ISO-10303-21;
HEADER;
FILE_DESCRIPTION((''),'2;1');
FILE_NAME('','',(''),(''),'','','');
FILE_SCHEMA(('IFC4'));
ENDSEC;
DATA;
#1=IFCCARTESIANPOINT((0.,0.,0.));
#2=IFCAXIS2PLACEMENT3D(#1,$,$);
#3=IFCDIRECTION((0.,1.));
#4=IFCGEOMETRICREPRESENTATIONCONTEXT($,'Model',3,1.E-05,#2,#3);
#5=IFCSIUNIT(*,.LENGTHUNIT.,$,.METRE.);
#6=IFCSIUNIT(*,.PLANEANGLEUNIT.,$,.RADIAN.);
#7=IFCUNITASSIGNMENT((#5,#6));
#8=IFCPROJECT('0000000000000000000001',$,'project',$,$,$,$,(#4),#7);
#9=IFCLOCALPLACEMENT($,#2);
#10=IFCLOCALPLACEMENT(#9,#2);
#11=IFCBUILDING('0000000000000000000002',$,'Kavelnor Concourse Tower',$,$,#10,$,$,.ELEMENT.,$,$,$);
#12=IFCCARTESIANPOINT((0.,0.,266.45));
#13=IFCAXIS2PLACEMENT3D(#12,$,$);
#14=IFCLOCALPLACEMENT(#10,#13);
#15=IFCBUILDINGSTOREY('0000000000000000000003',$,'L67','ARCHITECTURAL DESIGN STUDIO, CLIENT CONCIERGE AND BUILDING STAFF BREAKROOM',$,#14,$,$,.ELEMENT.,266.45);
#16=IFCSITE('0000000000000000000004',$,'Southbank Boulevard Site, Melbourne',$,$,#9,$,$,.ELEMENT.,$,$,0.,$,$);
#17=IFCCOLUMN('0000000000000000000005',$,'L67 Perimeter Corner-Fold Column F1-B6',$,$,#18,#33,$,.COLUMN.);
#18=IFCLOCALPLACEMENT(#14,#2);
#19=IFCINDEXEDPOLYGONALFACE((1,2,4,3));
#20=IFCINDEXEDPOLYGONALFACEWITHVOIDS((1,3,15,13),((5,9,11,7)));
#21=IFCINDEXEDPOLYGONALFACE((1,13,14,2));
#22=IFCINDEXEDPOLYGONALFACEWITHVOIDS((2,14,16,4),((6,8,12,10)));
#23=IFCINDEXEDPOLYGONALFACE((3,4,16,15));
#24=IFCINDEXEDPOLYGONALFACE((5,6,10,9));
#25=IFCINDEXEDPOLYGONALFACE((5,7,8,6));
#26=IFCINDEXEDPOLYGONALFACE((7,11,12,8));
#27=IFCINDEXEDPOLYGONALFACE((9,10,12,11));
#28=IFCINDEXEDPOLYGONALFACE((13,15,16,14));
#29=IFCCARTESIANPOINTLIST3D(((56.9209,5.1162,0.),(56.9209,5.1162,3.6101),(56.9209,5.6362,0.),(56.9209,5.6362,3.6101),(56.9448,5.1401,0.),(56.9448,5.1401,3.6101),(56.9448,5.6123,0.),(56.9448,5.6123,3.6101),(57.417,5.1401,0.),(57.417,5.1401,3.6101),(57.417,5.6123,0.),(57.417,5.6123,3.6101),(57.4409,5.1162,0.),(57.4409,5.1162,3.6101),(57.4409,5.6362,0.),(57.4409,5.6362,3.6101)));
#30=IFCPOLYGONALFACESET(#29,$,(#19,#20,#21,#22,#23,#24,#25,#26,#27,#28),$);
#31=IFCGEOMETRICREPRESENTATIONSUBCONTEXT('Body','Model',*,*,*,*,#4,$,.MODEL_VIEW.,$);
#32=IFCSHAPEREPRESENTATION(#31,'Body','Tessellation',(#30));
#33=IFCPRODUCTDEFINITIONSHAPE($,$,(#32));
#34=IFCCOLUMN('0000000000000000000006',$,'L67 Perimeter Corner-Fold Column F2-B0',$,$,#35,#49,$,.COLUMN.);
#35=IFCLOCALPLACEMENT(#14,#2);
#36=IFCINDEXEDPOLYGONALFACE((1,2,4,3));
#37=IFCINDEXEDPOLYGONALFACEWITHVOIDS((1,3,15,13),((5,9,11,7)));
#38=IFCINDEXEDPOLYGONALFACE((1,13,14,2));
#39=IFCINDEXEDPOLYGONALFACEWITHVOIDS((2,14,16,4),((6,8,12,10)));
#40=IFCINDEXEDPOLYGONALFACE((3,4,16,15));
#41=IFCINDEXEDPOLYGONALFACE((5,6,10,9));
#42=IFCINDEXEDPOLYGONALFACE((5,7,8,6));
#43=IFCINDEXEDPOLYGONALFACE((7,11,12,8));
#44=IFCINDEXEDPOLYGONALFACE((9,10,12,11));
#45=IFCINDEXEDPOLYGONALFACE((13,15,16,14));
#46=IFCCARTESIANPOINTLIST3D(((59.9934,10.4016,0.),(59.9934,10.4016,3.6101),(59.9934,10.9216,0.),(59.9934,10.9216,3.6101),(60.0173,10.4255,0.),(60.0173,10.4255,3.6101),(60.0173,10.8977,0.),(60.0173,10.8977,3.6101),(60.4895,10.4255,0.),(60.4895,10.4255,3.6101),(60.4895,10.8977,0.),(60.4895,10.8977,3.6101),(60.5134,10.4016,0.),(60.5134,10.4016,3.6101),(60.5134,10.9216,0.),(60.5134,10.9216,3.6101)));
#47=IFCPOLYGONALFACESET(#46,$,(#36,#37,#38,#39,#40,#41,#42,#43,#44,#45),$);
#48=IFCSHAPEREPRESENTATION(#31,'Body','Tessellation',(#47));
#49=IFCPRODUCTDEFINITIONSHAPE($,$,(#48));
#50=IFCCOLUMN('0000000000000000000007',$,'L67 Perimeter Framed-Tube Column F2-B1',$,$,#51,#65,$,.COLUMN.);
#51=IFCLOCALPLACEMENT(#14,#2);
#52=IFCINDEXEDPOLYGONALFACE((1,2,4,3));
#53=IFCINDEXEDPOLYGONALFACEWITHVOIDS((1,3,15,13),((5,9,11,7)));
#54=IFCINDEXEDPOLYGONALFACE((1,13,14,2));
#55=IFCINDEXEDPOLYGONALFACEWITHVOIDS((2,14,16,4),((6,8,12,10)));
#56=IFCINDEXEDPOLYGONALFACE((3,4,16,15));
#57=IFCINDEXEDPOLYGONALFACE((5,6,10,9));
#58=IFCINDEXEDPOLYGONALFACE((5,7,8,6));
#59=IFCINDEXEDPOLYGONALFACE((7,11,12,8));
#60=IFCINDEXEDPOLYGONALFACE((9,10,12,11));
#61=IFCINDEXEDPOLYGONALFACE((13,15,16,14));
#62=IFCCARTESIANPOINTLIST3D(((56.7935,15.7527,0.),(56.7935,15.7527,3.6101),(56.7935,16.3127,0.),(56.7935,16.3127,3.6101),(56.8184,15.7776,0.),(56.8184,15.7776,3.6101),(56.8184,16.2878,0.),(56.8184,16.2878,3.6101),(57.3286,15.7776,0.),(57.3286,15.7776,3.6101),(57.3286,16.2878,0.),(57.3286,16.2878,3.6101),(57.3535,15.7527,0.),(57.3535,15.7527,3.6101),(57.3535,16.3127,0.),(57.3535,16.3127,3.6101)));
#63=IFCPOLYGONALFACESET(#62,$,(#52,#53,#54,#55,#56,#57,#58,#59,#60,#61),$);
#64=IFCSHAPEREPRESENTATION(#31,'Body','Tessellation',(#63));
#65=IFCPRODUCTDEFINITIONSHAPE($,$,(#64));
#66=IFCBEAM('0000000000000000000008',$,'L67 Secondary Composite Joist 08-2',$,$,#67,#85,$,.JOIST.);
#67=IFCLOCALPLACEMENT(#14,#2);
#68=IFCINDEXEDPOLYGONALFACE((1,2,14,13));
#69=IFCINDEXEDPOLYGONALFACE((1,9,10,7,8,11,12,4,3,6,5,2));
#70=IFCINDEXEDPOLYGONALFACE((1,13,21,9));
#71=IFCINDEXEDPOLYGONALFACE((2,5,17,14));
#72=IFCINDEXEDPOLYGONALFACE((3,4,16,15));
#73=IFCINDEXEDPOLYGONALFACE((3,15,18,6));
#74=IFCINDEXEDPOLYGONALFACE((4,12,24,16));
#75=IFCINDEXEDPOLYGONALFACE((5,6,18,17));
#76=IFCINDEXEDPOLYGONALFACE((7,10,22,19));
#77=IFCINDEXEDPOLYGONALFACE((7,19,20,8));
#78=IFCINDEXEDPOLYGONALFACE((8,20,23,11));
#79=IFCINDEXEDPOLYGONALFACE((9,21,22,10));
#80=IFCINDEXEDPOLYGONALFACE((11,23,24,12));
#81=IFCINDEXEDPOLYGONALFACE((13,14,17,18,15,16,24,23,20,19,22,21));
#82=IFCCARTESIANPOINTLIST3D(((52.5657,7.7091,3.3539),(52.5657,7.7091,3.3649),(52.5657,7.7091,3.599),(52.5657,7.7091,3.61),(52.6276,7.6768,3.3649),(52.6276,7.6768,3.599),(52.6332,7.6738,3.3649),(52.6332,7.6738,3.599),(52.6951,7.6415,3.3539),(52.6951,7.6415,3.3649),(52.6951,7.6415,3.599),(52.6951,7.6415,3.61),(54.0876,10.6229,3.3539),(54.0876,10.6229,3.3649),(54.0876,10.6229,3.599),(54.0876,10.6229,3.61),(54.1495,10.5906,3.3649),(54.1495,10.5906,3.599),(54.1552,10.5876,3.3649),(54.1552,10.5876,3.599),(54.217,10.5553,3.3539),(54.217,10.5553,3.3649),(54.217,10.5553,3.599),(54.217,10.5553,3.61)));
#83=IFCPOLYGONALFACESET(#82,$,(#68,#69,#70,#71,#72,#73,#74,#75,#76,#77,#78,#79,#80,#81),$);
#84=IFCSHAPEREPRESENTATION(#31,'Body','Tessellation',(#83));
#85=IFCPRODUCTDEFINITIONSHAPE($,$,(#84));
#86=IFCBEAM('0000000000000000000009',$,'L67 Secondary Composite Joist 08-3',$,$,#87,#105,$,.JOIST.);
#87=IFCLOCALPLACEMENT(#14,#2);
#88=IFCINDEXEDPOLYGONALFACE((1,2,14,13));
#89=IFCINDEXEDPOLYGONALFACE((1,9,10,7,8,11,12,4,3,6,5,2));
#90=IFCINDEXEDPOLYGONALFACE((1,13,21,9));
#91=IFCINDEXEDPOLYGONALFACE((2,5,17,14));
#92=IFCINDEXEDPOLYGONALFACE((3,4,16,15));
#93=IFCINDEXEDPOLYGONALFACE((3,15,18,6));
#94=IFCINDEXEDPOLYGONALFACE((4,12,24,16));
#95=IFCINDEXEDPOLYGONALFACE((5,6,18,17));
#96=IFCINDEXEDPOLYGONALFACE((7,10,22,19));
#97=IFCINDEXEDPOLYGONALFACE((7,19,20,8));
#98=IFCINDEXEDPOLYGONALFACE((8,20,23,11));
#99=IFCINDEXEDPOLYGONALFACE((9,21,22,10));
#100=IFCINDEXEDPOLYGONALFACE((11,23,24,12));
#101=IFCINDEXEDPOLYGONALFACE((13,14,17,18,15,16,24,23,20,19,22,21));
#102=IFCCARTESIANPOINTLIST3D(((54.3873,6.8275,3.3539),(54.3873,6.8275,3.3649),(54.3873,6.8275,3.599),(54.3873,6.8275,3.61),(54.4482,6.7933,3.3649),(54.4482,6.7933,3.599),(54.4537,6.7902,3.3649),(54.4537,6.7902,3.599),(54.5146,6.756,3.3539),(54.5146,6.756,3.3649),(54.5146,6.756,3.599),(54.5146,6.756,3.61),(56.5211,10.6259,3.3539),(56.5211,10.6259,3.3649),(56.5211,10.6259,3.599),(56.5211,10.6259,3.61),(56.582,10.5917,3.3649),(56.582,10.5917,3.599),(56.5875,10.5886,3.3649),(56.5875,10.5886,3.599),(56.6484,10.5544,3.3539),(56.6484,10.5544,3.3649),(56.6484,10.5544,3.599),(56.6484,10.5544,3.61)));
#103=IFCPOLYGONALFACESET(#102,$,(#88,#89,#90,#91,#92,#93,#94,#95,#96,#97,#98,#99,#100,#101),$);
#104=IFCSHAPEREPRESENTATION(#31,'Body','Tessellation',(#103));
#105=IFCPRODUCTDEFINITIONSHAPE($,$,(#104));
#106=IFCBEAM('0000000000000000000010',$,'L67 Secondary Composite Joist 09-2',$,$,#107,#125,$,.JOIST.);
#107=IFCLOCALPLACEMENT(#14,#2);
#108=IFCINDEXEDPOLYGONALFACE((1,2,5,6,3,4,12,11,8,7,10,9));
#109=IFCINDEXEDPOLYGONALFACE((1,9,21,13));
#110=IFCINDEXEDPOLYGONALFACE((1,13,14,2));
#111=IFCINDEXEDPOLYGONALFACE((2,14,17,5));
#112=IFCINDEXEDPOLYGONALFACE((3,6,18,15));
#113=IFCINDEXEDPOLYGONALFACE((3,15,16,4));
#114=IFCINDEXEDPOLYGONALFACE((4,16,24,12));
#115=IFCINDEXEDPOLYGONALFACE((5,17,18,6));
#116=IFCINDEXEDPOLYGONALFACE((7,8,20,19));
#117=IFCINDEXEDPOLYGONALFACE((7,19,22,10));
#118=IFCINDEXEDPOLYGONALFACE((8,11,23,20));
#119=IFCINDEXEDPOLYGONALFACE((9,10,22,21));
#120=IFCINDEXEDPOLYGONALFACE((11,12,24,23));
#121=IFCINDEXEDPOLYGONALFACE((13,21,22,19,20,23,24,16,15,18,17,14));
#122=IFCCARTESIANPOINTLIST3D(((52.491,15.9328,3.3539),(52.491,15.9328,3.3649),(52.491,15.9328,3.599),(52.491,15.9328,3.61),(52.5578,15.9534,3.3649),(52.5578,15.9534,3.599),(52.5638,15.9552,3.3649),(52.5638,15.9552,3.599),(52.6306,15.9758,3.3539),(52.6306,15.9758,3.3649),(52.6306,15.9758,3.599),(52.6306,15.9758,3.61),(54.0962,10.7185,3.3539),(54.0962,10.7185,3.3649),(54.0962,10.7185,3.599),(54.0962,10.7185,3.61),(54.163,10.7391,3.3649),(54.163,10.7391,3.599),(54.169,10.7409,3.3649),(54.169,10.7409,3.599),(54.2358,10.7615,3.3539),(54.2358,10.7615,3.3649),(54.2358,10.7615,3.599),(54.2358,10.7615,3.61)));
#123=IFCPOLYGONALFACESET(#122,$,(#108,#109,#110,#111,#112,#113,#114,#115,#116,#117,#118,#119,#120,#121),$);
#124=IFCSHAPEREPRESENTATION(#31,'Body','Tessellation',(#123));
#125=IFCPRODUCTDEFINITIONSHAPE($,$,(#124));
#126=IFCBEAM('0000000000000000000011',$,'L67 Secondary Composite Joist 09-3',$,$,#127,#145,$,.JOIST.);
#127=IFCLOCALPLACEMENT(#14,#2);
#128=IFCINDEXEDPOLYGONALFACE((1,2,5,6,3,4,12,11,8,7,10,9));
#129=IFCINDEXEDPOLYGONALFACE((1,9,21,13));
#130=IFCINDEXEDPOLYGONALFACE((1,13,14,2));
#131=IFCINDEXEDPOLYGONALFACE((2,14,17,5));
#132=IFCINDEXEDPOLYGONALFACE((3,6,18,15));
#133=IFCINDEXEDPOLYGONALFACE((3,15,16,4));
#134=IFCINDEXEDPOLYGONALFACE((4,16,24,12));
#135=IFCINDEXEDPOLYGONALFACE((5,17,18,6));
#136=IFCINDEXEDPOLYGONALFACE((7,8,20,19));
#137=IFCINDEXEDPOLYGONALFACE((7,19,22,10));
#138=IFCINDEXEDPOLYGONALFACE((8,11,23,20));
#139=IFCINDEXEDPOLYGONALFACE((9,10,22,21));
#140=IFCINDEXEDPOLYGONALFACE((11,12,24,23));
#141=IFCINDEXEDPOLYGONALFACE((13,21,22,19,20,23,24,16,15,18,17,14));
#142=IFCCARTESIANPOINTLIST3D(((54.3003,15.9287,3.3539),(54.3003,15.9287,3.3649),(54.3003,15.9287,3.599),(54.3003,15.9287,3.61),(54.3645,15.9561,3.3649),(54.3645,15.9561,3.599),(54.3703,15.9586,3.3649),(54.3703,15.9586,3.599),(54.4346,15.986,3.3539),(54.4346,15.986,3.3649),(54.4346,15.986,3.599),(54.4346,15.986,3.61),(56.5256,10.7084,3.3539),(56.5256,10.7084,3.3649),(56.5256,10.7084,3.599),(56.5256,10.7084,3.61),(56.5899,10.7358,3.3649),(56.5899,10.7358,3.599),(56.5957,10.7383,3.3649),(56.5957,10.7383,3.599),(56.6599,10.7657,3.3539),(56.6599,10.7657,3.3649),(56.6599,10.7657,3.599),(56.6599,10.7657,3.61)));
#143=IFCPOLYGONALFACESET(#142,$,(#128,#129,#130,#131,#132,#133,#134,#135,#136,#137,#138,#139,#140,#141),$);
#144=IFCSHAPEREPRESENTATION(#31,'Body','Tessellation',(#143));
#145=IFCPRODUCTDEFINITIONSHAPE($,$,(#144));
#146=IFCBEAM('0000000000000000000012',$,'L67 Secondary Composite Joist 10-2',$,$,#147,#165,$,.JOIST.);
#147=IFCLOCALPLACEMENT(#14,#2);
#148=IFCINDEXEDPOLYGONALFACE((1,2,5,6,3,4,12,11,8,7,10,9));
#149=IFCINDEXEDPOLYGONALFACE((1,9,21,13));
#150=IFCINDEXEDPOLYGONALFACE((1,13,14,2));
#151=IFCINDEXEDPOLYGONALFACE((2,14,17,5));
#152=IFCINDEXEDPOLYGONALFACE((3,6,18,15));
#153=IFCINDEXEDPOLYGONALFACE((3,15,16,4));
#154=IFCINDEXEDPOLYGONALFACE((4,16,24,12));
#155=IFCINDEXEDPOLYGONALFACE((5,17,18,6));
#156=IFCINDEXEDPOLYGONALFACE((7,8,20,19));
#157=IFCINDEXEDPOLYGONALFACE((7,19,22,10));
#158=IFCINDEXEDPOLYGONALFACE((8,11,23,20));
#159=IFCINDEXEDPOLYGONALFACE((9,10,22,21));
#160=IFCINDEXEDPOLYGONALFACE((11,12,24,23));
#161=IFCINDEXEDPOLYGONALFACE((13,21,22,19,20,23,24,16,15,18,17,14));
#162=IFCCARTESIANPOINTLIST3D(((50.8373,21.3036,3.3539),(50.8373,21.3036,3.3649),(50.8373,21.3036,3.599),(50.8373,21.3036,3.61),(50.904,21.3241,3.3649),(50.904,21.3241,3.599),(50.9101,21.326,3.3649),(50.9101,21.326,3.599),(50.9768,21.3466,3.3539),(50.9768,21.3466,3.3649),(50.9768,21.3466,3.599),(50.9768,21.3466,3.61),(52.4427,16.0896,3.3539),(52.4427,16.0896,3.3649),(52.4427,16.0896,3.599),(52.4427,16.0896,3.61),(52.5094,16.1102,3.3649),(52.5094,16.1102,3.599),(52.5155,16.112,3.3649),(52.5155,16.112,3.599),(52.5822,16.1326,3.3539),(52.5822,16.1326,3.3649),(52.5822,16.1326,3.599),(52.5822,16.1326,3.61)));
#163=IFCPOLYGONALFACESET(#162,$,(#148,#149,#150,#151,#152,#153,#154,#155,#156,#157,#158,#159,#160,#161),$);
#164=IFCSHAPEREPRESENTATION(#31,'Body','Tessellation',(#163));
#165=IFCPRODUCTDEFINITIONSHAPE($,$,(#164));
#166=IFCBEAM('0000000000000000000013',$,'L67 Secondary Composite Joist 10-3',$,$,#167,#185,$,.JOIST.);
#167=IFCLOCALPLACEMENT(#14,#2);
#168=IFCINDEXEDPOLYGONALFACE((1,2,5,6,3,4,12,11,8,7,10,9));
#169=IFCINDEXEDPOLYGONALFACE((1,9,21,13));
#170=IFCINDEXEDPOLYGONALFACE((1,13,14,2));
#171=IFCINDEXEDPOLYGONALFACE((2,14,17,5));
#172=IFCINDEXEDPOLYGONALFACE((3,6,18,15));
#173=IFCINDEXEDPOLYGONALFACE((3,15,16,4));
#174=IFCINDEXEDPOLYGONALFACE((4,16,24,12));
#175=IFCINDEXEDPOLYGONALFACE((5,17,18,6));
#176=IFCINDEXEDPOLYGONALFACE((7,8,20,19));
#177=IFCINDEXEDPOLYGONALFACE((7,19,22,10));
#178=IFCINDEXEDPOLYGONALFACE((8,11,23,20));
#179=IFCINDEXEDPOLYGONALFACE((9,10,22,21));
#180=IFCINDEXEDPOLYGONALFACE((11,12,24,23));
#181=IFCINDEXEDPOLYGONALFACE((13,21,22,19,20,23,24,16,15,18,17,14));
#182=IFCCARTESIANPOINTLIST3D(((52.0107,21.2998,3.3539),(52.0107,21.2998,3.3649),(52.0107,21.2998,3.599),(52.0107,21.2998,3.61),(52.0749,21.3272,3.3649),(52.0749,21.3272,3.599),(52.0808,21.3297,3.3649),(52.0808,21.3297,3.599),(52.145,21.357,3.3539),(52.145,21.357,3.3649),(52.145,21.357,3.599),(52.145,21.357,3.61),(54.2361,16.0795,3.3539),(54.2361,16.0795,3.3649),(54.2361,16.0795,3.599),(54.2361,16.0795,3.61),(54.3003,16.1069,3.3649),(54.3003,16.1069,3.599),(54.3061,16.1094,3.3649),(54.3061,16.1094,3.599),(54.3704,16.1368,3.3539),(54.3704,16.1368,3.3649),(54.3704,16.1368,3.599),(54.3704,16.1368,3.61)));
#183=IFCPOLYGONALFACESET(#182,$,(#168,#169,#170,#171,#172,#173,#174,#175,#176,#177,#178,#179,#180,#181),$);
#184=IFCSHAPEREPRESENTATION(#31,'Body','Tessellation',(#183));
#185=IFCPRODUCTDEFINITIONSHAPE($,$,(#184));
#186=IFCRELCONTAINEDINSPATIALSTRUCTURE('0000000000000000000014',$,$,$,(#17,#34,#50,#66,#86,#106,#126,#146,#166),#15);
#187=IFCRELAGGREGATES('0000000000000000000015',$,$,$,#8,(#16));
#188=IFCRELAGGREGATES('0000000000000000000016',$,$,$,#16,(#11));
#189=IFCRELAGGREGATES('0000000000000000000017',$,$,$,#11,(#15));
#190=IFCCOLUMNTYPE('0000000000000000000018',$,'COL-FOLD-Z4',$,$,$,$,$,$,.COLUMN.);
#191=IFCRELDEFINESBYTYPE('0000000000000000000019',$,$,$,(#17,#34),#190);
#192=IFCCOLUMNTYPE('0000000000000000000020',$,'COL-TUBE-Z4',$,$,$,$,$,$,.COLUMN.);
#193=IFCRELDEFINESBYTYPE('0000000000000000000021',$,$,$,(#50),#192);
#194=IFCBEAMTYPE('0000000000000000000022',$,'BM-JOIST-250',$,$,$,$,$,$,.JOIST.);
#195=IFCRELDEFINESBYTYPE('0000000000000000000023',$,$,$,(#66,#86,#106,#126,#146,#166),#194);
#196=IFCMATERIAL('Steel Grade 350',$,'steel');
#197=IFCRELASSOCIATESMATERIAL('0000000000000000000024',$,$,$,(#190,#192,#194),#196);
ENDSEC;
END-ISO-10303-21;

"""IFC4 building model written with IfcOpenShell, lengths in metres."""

from ifc_helpers import new_model, si_unit, direction, frame, origin, origin_2d, place, context, subcontext, project, spatial, hollow_rectangle, i_section, extrude, material, material_profile, profile_set, type_object, element, save


model = new_model("IFC4")

# Units and contexts
model_context = context("Model", 3, precision=1e-05, world=origin(), true_north=direction((0.0, 1.0)))
body_context = subcontext(model_context, "Body", "Model", "MODEL_VIEW")
ifc_project = project(units=[si_unit("LENGTHUNIT", "METRE"), si_unit("PLANEANGLEUNIT", "RADIAN")], contexts=[model_context])

# Site, building, storey
site_placement = place(None, origin())
site = spatial("IfcSite", under=ifc_project, at=site_placement, Name="Southbank Boulevard Site, Melbourne", CompositionType="ELEMENT", RefElevation=0.0)
building_placement = place(site_placement, origin())
building = spatial("IfcBuilding", under=site, at=building_placement, Name="Kavelnor Concourse Tower", CompositionType="ELEMENT")
storey_placement = place(building_placement, frame((0.0, 0.0, 266.45)))
storey = spatial("IfcBuildingStorey", under=building, at=storey_placement, Name="L67", Description="ARCHITECTURAL DESIGN STUDIO, CLIENT CONCIERGE AND BUILDING STAFF BREAKROOM", CompositionType="ELEMENT", Elevation=266.45)

# Columns
ifc_material_1 = material(Name="Steel Grade 350", Category="steel")
ifc_material_profile_1 = material_profile(ifc_material_1, hollow_rectangle(XDim=0.52, YDim=0.52, WallThickness=0.0239, at=origin_2d()), Name="SHS 520x520x24")
ifc_profile_set_1 = profile_set([ifc_material_profile_1], Name="Steel Grade 350")
column_type_1 = type_object("IfcColumnType", Name="COL-FOLD-Z4", PredefinedType="COLUMN", material=ifc_profile_set_1)
for number, where, z_axis, x_axis, name in (
    (1, (57.1809, 5.3762, 0.0), (0.0, 0.0, 1.0), (1.0, 0.0, 0.0), "L67 Perimeter Corner-Fold Column F1-B6"),
    (2, (60.2534, 10.6616, 0.0), (0.0, 0.0, 1.0), (1.0, 0.0, 0.0), "L67 Perimeter Corner-Fold Column F2-B0"),
):
    element("IfcColumn", number, at=place(storey_placement, frame(where, z_axis=z_axis, x_axis=x_axis)), inside=storey, type_object=column_type_1, Name=name, PredefinedType="COLUMN", context=body_context, shape_type="SweptSolid", body=[
        extrude(hollow_rectangle(XDim=0.52, YDim=0.52, WallThickness=0.0239, at=origin_2d()), origin(), (0.0, 0.0, 1.0), 3.6101),
    ])
ifc_material_profile_2 = material_profile(ifc_material_1, hollow_rectangle(XDim=0.5601, YDim=0.5601, WallThickness=0.0249, at=origin_2d()), Name="SHS 560x560x25")
ifc_profile_set_2 = profile_set([ifc_material_profile_2], Name="Steel Grade 350")
column_type_2 = type_object("IfcColumnType", Name="COL-TUBE-Z4", PredefinedType="COLUMN", material=ifc_profile_set_2)
column_placement = place(storey_placement, frame((57.0735, 16.0327, 0.0), z_axis=(0.0, 0.0, 1.0), x_axis=(1.0, 0.0, 0.0)))
element("IfcColumn", 3, at=column_placement, inside=storey, type_object=column_type_2, Name="L67 Perimeter Framed-Tube Column F2-B1", PredefinedType="COLUMN", context=body_context, shape_type="SweptSolid", body=[
    extrude(hollow_rectangle(XDim=0.5601, YDim=0.5601, WallThickness=0.0249, at=origin_2d()), origin(), (0.0, 0.0, 1.0), 3.6101),
])

# Beams
ifc_material_profile_3 = material_profile(ifc_material_1, i_section(OverallWidth=0.146, OverallDepth=0.2561, WebThickness=0.0063, FlangeThickness=0.011, at=origin_2d()), Name="250UB37")
ifc_profile_set_3 = profile_set([ifc_material_profile_3], Name="Steel Grade 350")
beam_type_1 = type_object("IfcBeamType", Name="BM-JOIST-250", PredefinedType="JOIST", material=ifc_profile_set_3)
beam_1_placement = place(storey_placement, frame((52.6304, 7.6753, 3.4819), z_axis=(0.462977, 0.88637, 0.0), x_axis=(-0.88637, 0.462977, 0.0)))
element("IfcBeam", 4, at=beam_1_placement, inside=storey, type_object=beam_type_1, Name="L67 Secondary Composite Joist 08-2", PredefinedType="JOIST", context=body_context, shape_type="SweptSolid", body=[
    extrude(i_section(OverallWidth=0.146, OverallDepth=0.2561, WebThickness=0.0063, FlangeThickness=0.011, at=origin_2d()), origin(), (0.0, 0.0, 1.0), 3.2874),
])
beam_2_placement = place(storey_placement, frame((54.4509, 6.7917, 3.4819), z_axis=(0.489777, 0.871848, 0.0), x_axis=(-0.871848, 0.489777, 0.0)))
element("IfcBeam", 5, at=beam_2_placement, inside=storey, type_object=beam_type_1, Name="L67 Secondary Composite Joist 08-3", PredefinedType="JOIST", context=body_context, shape_type="SweptSolid", body=[
    extrude(i_section(OverallWidth=0.146, OverallDepth=0.2561, WebThickness=0.0063, FlangeThickness=0.011, at=origin_2d()), origin(), (0.0, 0.0, 1.0), 4.3567),
])
beam_3_placement = place(storey_placement, frame((54.166, 10.74, 3.4819), z_axis=(-0.294221, 0.955737, 0.0), x_axis=(-0.955737, -0.294221, 0.0)))
element("IfcBeam", 6, at=beam_3_placement, inside=storey, type_object=beam_type_1, Name="L67 Secondary Composite Joist 09-2", PredefinedType="JOIST", context=body_context, shape_type="SweptSolid", body=[
    extrude(i_section(OverallWidth=0.146, OverallDepth=0.2561, WebThickness=0.0063, FlangeThickness=0.011, at=origin_2d()), origin(), (0.0, 0.0, 1.0), 5.4558),
])
beam_4_placement = place(storey_placement, frame((56.5928, 10.7371, 3.4819), z_axis=(-0.392148, 0.919902, 0.0), x_axis=(-0.919902, -0.392148, 0.0)))
element("IfcBeam", 7, at=beam_4_placement, inside=storey, type_object=beam_type_1, Name="L67 Secondary Composite Joist 09-3", PredefinedType="JOIST", context=body_context, shape_type="SweptSolid", body=[
    extrude(i_section(OverallWidth=0.146, OverallDepth=0.2561, WebThickness=0.0063, FlangeThickness=0.011, at=origin_2d()), origin(), (0.0, 0.0, 1.0), 5.6748),
])
beam_5_placement = place(storey_placement, frame((52.5125, 16.1111, 3.4819), z_axis=(-0.294275, 0.955721, 0.0), x_axis=(-0.955721, -0.294275, 0.0)))
element("IfcBeam", 8, at=beam_5_placement, inside=storey, type_object=beam_type_1, Name="L67 Secondary Composite Joist 10-2", PredefinedType="JOIST", context=body_context, shape_type="SweptSolid", body=[
    extrude(i_section(OverallWidth=0.146, OverallDepth=0.2561, WebThickness=0.0063, FlangeThickness=0.011, at=origin_2d()), origin(), (0.0, 0.0, 1.0), 5.4556),
])
beam_6_placement = place(storey_placement, frame((54.3032, 16.1082, 3.4819), z_axis=(-0.392148, 0.919902, 0.0), x_axis=(-0.919902, -0.392148, 0.0)))
element("IfcBeam", 9, at=beam_6_placement, inside=storey, type_object=beam_type_1, Name="L67 Secondary Composite Joist 10-3", PredefinedType="JOIST", context=body_context, shape_type="SweptSolid", body=[
    extrude(i_section(OverallWidth=0.146, OverallDepth=0.2561, WebThickness=0.0063, FlangeThickness=0.011, at=origin_2d()), origin(), (0.0, 0.0, 1.0), 5.6748),
])

save(model, "model.ifc")
